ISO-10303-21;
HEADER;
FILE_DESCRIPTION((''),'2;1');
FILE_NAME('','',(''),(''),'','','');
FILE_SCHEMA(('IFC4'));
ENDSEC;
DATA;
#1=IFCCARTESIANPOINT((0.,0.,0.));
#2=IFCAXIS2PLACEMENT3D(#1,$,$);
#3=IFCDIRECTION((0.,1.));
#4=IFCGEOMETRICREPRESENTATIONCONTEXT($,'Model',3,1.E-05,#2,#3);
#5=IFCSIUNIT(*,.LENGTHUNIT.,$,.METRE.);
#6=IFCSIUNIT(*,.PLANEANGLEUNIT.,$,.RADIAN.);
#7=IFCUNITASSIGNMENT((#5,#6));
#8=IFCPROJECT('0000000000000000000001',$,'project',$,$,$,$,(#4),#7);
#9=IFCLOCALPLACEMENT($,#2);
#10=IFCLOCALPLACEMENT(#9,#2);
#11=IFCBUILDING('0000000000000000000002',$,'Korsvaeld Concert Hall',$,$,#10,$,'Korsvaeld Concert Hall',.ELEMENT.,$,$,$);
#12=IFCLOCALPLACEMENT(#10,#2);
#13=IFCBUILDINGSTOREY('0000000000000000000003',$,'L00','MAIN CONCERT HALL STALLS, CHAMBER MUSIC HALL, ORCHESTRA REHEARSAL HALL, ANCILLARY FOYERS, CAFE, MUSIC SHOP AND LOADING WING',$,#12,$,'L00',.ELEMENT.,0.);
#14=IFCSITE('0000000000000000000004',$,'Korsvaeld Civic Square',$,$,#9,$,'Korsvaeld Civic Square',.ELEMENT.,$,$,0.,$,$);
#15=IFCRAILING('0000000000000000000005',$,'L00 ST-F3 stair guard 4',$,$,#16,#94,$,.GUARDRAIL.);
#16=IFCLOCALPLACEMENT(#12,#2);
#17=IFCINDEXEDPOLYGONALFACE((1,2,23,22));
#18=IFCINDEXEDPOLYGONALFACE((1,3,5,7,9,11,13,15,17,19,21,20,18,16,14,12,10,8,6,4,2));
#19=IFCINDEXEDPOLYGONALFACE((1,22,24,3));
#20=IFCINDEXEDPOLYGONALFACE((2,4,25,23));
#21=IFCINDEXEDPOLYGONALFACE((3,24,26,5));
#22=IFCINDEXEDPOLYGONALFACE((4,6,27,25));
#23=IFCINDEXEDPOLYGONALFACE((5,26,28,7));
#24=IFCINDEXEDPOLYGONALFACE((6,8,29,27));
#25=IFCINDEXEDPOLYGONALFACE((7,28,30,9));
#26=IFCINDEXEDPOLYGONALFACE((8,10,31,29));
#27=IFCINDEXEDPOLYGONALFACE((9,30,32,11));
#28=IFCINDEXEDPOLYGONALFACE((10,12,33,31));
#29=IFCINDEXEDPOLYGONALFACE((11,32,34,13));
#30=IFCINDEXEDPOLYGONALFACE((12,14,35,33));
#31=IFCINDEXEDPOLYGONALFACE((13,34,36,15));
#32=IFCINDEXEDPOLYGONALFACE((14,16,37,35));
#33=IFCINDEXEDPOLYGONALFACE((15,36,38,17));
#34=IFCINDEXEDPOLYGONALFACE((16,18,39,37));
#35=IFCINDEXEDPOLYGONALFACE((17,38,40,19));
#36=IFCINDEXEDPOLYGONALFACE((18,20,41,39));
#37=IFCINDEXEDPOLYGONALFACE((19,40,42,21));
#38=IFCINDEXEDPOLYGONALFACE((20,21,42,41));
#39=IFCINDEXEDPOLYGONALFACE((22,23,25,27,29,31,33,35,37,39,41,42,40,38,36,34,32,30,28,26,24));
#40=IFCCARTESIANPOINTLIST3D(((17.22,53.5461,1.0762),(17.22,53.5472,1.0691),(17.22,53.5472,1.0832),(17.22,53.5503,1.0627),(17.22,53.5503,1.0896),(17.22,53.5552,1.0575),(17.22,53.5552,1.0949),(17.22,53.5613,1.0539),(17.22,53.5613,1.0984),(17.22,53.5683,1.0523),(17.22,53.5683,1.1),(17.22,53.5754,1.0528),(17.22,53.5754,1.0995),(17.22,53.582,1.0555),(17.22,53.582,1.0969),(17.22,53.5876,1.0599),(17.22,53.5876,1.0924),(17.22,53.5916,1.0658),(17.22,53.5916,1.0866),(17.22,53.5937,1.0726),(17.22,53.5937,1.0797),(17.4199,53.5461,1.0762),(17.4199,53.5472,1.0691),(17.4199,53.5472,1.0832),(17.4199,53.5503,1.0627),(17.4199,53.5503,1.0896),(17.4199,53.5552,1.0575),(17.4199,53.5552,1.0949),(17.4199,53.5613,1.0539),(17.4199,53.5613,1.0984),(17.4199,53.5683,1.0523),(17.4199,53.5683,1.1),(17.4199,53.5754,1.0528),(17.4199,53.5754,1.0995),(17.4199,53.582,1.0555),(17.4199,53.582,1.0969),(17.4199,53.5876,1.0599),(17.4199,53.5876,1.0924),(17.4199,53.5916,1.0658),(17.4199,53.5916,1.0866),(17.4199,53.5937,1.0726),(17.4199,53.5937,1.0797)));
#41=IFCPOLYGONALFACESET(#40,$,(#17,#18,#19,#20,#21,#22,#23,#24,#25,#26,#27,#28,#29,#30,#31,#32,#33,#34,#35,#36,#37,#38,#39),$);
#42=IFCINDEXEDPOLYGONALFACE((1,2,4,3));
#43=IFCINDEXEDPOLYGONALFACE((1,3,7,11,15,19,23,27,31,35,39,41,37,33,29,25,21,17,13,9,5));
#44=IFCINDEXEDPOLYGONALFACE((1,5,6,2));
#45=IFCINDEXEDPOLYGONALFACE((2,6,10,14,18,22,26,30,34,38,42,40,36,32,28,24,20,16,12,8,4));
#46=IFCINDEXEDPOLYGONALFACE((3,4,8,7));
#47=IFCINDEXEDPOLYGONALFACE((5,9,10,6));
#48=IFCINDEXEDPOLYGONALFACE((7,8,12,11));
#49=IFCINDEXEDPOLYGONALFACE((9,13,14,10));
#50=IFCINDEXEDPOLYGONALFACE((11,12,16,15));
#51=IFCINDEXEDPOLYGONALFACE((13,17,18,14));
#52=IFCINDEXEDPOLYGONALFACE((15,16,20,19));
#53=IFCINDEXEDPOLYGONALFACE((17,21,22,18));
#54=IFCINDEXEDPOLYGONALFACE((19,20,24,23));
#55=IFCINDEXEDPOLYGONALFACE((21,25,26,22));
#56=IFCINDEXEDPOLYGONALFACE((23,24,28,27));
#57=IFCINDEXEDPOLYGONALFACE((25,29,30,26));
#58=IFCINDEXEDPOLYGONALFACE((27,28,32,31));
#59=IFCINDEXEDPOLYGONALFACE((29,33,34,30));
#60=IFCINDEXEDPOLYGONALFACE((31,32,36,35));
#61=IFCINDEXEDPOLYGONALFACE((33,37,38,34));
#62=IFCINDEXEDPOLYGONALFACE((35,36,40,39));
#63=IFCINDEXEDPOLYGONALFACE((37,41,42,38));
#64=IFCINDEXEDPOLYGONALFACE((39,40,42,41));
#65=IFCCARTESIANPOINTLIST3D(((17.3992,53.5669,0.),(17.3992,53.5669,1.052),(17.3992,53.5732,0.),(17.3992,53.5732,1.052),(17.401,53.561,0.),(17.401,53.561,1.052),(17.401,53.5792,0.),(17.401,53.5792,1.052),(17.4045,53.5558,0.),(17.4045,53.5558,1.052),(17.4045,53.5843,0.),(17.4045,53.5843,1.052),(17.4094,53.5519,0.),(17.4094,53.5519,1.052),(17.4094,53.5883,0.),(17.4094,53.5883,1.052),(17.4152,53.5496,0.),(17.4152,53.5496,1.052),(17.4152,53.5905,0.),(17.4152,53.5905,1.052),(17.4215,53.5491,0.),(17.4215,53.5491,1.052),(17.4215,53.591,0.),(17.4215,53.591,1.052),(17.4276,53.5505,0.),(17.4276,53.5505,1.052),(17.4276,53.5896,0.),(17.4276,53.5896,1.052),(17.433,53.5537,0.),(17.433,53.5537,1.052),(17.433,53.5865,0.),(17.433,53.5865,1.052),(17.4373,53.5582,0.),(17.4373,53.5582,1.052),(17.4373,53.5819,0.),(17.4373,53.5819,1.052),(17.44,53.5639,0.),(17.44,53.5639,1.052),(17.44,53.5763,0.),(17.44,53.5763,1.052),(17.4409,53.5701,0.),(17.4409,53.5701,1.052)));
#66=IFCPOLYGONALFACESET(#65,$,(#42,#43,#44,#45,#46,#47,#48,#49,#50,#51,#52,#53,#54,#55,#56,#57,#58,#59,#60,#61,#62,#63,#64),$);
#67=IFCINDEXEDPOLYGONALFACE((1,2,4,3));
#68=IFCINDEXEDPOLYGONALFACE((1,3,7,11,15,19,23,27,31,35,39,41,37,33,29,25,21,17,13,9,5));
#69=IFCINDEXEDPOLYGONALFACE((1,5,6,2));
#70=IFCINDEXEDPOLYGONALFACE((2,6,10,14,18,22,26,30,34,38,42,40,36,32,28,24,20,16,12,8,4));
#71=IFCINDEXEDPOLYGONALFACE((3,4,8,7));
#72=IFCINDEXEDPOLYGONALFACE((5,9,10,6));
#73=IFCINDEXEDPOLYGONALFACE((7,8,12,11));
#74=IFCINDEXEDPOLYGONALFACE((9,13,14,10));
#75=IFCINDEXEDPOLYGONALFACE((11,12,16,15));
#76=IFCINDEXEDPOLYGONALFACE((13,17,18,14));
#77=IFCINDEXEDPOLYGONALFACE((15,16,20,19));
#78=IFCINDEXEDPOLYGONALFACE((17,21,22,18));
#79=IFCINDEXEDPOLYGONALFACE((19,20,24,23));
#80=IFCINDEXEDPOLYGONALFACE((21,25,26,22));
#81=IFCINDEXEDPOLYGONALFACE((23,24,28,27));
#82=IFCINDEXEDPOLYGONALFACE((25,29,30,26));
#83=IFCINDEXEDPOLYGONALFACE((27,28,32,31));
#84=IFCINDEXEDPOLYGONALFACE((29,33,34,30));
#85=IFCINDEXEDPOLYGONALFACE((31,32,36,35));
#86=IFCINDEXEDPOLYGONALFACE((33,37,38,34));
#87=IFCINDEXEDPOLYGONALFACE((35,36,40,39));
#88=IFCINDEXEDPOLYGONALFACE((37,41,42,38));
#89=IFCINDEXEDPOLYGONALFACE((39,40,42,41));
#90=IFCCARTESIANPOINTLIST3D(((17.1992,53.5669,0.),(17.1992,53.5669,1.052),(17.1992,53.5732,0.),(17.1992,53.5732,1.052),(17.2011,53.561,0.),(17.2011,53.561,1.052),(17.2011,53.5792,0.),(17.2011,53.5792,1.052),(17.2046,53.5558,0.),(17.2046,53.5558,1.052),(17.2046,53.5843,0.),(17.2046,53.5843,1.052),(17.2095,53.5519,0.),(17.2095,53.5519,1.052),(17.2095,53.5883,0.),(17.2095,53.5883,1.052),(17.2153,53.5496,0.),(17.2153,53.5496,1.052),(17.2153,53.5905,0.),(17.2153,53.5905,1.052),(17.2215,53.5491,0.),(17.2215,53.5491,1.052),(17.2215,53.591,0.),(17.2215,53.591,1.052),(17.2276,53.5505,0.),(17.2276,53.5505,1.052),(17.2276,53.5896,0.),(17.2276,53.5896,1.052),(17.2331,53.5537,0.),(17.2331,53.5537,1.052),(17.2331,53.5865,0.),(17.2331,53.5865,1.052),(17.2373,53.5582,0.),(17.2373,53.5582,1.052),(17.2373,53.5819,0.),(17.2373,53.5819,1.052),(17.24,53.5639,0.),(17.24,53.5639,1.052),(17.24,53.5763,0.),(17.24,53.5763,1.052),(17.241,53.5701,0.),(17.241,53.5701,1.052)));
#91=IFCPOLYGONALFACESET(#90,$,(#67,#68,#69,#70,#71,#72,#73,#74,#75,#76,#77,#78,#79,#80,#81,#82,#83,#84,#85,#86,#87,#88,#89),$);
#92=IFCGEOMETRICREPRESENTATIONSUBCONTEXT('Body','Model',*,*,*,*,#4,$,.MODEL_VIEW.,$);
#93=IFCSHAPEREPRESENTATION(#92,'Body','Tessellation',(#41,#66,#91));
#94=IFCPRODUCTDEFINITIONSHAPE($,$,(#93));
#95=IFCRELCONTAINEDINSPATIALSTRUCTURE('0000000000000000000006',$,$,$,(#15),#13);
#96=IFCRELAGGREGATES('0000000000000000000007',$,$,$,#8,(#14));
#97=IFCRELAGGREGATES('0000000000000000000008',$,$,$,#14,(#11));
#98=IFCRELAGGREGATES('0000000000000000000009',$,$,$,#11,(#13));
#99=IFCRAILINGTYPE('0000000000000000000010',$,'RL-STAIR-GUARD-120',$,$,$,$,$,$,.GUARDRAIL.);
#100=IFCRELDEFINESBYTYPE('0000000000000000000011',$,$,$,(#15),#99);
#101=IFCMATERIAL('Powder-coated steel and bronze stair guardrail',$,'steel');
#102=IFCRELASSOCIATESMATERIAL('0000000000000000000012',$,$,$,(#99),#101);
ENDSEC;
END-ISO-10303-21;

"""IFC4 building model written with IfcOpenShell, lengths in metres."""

from ifc_helpers import new_model, si_unit, direction, frame, origin, origin_2d, place, context, subcontext, project, spatial, circle, extrude, material, type_object, element, save


model = new_model("IFC4")

# Units and contexts
model_context = context("Model", 3, precision=1e-05, world=origin(), true_north=direction((0.0, 1.0)))
body_context = subcontext(model_context, "Body", "Model", "MODEL_VIEW")
ifc_project = project(units=[si_unit("LENGTHUNIT", "METRE"), si_unit("PLANEANGLEUNIT", "RADIAN")], contexts=[model_context])

# Site, building, storey
site_placement = place(None, origin())
site = spatial("IfcSite", under=ifc_project, at=site_placement, Name="Korsvaeld Civic Square", LongName="Korsvaeld Civic Square", CompositionType="ELEMENT", RefElevation=0.0)
building_placement = place(site_placement, origin())
building = spatial("IfcBuilding", under=site, at=building_placement, Name="Korsvaeld Concert Hall", LongName="Korsvaeld Concert Hall", CompositionType="ELEMENT")
storey_placement = place(building_placement, origin())
storey = spatial("IfcBuildingStorey", under=building, at=storey_placement, Name="L00", Description="MAIN CONCERT HALL STALLS, CHAMBER MUSIC HALL, ORCHESTRA REHEARSAL HALL, ANCILLARY FOYERS, CAFE, MUSIC SHOP AND LOADING WING", LongName="L00", CompositionType="ELEMENT", Elevation=0.0)

# Railing
ifc_material_1 = material(Name="Powder-coated steel and bronze stair guardrail", Category="steel")
railing_type_1 = type_object("IfcRailingType", Name="RL-STAIR-GUARD-120", PredefinedType="GUARDRAIL", material=ifc_material_1)
railing_1_placement = place(storey_placement, frame((17.4199, 53.5701, 0.0)))
element("IfcRailing", 1, at=railing_1_placement, inside=storey, type_object=railing_type_1, Name="L00 ST-F3 stair guard 4", PredefinedType="GUARDRAIL", context=body_context, shape_type="SweptSolid", body=[
    extrude(circle(Radius=0.0239, at=origin_2d()), frame((0.0, 0.0, 1.0762), z_axis=(-1.0, 0.0, 0.0), x_axis=(0.0, -1.0, 0.0)), (0.0, 0.0, 1.0), 0.2),
    extrude(circle(Radius=0.021, at=origin_2d()), origin(), (0.0, 0.0, 1.0), 1.052),
    extrude(circle(Radius=0.021, at=origin_2d()), frame((-0.2, 0.0, 0.0)), (0.0, 0.0, 1.0), 1.052),
])

save(model, "model.ifc")
